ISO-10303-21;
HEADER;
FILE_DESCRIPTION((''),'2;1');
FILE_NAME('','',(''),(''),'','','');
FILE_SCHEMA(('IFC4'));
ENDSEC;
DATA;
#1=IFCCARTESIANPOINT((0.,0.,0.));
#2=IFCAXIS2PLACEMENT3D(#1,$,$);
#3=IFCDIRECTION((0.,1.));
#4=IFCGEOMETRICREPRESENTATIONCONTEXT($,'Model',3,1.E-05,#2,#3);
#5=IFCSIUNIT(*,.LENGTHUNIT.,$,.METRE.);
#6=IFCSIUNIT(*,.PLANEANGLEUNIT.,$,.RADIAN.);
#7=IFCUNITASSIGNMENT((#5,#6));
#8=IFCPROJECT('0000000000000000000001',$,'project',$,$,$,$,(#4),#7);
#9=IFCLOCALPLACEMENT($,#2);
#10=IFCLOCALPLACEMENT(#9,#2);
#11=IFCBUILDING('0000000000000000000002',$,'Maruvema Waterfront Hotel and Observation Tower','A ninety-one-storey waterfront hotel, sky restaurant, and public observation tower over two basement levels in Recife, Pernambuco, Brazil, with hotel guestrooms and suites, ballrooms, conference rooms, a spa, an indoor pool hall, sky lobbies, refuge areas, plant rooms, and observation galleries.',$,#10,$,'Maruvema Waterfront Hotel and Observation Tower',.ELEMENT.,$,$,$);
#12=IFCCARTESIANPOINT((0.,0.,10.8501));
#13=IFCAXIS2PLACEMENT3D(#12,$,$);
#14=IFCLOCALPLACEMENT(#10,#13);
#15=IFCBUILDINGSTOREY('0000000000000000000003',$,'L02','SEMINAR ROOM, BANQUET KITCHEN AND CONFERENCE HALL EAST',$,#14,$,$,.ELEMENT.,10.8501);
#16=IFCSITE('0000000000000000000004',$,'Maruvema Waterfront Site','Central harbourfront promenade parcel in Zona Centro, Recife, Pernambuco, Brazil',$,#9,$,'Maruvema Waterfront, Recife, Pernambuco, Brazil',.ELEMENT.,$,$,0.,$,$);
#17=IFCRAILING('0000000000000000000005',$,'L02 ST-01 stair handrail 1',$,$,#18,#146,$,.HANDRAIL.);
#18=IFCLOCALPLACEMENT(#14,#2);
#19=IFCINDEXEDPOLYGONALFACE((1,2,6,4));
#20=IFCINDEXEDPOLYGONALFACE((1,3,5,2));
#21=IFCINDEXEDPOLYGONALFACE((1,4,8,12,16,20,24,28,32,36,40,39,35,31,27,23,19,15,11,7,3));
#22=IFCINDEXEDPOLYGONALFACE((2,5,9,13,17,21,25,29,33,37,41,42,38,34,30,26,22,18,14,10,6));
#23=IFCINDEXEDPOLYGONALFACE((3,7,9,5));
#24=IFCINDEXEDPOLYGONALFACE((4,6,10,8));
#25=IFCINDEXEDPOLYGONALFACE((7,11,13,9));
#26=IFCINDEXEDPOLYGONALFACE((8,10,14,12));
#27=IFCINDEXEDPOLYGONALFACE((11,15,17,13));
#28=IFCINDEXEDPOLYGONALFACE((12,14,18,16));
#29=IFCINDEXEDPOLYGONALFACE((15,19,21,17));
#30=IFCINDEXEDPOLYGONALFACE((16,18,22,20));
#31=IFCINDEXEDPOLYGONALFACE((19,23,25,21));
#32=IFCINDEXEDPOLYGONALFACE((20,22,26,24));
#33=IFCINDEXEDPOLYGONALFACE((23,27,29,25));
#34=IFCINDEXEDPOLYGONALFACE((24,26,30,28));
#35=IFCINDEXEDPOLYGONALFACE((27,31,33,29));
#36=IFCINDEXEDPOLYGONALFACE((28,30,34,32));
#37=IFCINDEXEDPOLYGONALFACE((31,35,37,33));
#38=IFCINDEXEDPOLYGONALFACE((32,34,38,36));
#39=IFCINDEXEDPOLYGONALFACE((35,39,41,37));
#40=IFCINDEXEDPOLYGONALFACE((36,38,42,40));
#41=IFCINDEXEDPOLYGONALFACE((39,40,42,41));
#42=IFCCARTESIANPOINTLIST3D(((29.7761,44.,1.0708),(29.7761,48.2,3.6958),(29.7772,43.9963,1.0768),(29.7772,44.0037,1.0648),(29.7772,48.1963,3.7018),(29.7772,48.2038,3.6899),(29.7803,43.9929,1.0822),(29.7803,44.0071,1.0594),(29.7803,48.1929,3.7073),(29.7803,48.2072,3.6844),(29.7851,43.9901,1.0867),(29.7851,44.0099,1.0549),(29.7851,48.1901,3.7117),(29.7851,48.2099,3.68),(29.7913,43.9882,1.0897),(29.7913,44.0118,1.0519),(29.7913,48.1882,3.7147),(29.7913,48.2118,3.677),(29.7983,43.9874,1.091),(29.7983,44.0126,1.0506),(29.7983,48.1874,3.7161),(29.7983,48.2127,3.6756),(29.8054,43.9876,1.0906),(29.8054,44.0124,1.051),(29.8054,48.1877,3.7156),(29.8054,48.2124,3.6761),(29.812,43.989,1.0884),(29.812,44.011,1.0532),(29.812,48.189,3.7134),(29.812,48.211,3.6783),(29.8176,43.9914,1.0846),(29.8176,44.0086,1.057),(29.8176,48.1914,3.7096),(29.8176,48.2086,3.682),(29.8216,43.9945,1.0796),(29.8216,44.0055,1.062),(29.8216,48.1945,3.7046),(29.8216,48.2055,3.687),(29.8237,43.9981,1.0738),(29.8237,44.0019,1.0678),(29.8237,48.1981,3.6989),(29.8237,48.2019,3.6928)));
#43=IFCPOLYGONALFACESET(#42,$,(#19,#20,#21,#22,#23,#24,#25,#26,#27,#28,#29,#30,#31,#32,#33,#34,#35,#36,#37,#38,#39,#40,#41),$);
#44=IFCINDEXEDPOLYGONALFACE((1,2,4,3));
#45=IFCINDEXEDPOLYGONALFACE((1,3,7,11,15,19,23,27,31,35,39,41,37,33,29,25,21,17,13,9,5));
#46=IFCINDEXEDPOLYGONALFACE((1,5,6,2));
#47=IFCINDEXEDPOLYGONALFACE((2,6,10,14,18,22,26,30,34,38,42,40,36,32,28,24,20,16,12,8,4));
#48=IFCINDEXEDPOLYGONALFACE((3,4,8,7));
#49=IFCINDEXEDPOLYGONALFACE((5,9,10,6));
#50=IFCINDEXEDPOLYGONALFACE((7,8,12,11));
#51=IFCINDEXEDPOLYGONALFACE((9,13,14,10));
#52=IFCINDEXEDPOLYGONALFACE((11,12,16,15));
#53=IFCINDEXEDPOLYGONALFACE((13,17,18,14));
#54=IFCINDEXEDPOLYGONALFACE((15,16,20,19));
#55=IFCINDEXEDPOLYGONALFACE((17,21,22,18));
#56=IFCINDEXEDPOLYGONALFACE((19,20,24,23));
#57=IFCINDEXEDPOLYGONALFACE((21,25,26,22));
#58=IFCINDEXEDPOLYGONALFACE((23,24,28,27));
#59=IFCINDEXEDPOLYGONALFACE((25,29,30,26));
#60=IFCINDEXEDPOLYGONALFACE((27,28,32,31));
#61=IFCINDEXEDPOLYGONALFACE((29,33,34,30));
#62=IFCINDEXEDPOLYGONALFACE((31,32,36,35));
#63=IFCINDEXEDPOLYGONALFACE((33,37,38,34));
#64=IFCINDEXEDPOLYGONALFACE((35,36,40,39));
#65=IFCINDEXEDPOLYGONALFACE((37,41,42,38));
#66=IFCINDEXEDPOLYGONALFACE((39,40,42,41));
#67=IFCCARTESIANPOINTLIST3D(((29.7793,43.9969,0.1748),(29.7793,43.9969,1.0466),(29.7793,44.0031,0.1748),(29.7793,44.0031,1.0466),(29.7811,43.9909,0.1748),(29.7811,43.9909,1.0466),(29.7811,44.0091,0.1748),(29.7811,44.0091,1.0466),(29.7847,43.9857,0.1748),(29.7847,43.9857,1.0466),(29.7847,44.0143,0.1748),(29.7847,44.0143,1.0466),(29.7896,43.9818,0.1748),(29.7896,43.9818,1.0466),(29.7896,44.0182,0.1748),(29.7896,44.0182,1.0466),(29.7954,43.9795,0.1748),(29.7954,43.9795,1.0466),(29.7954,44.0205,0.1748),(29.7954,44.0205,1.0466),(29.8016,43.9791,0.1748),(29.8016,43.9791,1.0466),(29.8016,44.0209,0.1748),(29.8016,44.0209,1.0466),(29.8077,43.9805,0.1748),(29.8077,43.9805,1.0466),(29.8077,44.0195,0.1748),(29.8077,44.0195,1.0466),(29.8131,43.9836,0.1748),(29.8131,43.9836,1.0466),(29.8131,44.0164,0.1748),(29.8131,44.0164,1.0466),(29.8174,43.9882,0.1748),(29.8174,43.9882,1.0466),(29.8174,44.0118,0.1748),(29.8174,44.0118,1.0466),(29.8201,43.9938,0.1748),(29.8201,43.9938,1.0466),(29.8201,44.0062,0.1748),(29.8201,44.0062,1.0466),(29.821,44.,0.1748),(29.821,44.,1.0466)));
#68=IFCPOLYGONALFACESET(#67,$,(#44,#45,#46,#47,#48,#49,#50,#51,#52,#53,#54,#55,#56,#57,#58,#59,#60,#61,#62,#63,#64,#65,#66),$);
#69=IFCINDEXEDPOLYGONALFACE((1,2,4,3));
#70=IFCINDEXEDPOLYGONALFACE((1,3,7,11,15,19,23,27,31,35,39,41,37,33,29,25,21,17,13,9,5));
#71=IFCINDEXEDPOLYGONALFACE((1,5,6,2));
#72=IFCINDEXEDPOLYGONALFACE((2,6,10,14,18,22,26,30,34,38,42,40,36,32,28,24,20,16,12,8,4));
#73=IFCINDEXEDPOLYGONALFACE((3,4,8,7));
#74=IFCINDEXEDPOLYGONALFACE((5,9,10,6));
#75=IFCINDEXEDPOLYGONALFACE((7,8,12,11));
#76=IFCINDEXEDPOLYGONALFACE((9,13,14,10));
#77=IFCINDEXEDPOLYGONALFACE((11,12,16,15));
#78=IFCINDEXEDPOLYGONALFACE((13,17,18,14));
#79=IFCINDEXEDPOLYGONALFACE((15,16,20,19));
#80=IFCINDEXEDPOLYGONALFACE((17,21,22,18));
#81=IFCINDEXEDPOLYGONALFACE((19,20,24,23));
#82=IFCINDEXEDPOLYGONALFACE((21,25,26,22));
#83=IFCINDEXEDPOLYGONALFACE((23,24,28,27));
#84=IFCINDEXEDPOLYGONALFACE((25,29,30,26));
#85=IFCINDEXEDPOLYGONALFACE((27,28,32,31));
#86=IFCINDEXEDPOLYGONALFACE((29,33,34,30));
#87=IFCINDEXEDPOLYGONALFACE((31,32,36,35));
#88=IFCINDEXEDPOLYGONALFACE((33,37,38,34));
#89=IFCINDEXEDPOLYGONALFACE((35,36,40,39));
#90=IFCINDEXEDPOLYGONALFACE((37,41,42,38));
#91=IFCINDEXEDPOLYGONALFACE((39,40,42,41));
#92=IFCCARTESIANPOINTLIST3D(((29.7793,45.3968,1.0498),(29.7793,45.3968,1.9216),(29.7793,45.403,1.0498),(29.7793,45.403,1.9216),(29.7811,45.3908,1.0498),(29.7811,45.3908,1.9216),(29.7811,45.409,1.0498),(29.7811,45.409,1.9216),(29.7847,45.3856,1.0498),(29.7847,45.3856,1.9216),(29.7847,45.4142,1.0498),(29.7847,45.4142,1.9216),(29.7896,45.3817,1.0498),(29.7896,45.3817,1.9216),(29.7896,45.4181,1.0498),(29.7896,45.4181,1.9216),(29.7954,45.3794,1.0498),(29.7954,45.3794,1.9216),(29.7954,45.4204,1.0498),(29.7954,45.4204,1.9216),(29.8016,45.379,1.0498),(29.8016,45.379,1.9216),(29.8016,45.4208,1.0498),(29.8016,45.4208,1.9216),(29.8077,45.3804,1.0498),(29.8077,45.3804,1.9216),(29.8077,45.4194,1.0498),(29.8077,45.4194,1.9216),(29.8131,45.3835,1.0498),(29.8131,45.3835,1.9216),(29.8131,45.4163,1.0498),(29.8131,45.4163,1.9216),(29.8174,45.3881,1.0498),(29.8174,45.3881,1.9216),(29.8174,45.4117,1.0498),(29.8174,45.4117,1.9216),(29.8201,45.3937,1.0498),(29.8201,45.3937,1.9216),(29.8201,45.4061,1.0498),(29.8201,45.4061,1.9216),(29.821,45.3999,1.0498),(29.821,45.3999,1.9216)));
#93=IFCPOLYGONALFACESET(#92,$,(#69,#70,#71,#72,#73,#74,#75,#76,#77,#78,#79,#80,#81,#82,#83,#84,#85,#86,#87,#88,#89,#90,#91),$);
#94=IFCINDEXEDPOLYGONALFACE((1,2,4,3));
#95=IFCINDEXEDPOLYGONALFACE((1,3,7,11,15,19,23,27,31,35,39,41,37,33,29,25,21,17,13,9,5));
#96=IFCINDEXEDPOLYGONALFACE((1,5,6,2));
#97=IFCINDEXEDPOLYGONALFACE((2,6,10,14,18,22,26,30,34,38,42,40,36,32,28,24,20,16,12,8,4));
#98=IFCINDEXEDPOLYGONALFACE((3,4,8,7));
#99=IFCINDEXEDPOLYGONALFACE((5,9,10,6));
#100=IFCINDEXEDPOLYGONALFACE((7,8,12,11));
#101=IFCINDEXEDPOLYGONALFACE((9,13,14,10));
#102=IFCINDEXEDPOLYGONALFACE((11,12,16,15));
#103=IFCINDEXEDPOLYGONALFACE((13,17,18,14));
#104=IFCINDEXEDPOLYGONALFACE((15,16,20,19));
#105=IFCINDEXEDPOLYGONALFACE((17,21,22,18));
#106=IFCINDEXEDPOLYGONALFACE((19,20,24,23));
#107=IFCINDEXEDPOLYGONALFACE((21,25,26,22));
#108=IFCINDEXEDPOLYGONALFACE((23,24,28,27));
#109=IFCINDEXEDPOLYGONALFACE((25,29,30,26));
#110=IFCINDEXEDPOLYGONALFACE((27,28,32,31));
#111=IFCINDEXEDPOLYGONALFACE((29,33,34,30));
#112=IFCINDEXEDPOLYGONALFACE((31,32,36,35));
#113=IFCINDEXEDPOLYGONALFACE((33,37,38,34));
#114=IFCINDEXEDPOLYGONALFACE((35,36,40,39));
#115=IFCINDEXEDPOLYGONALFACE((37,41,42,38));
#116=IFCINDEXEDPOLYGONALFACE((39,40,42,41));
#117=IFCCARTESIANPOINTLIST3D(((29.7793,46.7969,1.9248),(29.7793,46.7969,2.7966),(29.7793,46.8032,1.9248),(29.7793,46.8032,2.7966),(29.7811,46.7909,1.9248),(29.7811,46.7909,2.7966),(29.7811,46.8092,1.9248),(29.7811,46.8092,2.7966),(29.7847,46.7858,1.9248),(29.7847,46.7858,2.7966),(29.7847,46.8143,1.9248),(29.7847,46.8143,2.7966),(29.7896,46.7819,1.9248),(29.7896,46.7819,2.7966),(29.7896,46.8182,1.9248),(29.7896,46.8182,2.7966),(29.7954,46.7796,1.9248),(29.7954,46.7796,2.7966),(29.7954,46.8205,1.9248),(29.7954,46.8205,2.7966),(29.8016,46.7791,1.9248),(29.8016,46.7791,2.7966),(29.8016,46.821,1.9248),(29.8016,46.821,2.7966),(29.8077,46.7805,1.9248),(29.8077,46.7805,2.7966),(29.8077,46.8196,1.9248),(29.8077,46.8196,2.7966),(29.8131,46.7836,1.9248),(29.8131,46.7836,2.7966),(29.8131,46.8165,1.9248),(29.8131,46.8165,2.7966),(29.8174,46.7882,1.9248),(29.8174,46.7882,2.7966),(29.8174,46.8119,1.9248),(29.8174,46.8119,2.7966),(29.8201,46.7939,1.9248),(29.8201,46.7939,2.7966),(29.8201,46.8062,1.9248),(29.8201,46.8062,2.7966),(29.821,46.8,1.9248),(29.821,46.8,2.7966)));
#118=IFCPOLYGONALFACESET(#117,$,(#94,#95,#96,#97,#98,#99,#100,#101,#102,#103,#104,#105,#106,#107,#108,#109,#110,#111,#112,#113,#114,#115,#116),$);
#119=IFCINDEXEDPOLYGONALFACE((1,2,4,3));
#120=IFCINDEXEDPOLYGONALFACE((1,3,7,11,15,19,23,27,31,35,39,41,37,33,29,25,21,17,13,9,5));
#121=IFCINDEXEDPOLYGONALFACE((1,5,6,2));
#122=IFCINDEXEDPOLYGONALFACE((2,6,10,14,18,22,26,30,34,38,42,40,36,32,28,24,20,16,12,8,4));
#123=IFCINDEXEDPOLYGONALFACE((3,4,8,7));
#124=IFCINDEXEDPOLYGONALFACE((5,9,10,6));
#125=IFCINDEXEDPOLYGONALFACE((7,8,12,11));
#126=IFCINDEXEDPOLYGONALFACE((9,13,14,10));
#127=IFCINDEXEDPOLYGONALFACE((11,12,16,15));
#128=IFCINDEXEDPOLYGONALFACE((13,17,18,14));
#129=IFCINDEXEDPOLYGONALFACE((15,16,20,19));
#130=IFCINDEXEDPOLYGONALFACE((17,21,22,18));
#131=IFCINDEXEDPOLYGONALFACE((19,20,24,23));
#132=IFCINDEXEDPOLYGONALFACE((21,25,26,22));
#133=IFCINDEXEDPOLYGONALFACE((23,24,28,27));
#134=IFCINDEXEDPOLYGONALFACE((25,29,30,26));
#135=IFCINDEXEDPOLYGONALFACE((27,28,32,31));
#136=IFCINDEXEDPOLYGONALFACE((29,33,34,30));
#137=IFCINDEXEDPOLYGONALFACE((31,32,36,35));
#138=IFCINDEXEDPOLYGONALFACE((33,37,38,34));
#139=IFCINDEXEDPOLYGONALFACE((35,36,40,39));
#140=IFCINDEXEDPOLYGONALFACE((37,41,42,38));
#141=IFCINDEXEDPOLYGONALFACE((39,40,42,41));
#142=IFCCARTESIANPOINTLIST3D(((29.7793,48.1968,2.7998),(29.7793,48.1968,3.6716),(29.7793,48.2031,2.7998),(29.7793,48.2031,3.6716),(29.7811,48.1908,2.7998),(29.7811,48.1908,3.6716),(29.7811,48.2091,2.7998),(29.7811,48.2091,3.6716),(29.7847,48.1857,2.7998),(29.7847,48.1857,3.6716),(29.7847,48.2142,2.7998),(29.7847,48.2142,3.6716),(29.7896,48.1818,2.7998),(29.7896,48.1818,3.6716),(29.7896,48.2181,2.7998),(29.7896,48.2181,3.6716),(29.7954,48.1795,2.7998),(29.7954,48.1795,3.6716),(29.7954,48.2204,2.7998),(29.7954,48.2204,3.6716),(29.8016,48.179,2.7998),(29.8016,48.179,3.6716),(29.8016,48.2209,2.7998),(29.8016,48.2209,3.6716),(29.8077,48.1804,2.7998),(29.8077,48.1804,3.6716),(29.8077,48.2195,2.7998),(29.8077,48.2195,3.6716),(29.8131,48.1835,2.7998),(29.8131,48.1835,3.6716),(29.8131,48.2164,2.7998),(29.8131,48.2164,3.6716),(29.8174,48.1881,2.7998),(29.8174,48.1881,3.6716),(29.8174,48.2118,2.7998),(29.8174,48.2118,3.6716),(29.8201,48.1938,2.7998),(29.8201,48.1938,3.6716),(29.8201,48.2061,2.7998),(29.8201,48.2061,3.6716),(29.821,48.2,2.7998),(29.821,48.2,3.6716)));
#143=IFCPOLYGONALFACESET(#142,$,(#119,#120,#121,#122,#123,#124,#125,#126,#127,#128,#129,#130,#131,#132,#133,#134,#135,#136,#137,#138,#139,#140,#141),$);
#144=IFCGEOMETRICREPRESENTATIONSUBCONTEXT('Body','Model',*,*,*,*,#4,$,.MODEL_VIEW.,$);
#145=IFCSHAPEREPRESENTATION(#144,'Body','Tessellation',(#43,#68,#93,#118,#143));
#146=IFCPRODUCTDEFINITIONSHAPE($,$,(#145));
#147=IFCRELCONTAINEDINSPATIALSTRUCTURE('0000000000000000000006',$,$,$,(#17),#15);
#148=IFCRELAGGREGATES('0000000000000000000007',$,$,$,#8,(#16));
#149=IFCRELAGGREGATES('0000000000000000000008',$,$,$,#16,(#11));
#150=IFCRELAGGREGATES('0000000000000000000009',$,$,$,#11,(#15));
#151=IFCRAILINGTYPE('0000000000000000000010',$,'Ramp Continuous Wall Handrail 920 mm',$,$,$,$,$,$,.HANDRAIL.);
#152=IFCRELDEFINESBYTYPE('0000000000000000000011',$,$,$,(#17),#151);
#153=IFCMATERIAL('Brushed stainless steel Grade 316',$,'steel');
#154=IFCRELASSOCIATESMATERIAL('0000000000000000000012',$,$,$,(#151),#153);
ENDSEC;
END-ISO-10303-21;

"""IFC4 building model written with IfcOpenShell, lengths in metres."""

from ifc_helpers import new_model, si_unit, direction, frame, origin, origin_2d, place, context, subcontext, project, spatial, circle, extrude, material, type_object, element, save


model = new_model("IFC4")

# Units and contexts
model_context = context("Model", 3, precision=1e-05, world=origin(), true_north=direction((0.0, 1.0)))
body_context = subcontext(model_context, "Body", "Model", "MODEL_VIEW")
ifc_project = project(units=[si_unit("LENGTHUNIT", "METRE"), si_unit("PLANEANGLEUNIT", "RADIAN")], contexts=[model_context])

# Site, building, storey
site_placement = place(None, origin())
site = spatial("IfcSite", under=ifc_project, at=site_placement, Name="Maruvema Waterfront Site", Description="Central harbourfront promenade parcel in Zona Centro, Recife, Pernambuco, Brazil", LongName="Maruvema Waterfront, Recife, Pernambuco, Brazil", CompositionType="ELEMENT", RefElevation=0.0)
building_placement = place(site_placement, origin())
building = spatial("IfcBuilding", under=site, at=building_placement, Name="Maruvema Waterfront Hotel and Observation Tower", Description="A ninety-one-storey waterfront hotel, sky restaurant, and public observation tower over two basement levels in Recife, Pernambuco, Brazil, with hotel guestrooms and suites, ballrooms, conference rooms, a spa, an indoor pool hall, sky lobbies, refuge areas, plant rooms, and observation galleries.", LongName="Maruvema Waterfront Hotel and Observation Tower", CompositionType="ELEMENT")
storey_placement = place(building_placement, frame((0.0, 0.0, 10.8501)))
storey = spatial("IfcBuildingStorey", under=building, at=storey_placement, Name="L02", Description="SEMINAR ROOM, BANQUET KITCHEN AND CONFERENCE HALL EAST", CompositionType="ELEMENT", Elevation=10.8501)

# Railing
ifc_material_1 = material(Name="Brushed stainless steel Grade 316", Category="steel")
railing_type_1 = type_object("IfcRailingType", Name="Ramp Continuous Wall Handrail 920 mm", PredefinedType="HANDRAIL", material=ifc_material_1)
railing_1_placement = place(storey_placement, frame((29.8, 44.0, 0.1748)))
element("IfcRailing", 1, at=railing_1_placement, inside=storey, type_object=railing_type_1, Name="L02 ST-01 stair handrail 1", PredefinedType="HANDRAIL", context=body_context, shape_type="SweptSolid", body=[
    extrude(circle(Radius=0.0239, at=origin_2d()), frame((0.0, 0.0, 0.896), z_axis=(0.0, 0.847996, 0.530003), x_axis=(-1.0, 0.0, 0.0)), (0.0, 0.0, 1.0), 4.9529),
    extrude(circle(Radius=0.021, at=origin_2d()), origin(), (0.0, 0.0, 1.0), 0.8718),
    extrude(circle(Radius=0.021, at=origin_2d()), frame((0.0, 1.3999, 0.875)), (0.0, 0.0, 1.0), 0.8718),
    extrude(circle(Radius=0.021, at=origin_2d()), frame((0.0, 2.8, 1.75)), (0.0, 0.0, 1.0), 0.8718),
    extrude(circle(Radius=0.021, at=origin_2d()), frame((0.0, 4.2, 2.625)), (0.0, 0.0, 1.0), 0.8718),
])

save(model, "model.ifc")
